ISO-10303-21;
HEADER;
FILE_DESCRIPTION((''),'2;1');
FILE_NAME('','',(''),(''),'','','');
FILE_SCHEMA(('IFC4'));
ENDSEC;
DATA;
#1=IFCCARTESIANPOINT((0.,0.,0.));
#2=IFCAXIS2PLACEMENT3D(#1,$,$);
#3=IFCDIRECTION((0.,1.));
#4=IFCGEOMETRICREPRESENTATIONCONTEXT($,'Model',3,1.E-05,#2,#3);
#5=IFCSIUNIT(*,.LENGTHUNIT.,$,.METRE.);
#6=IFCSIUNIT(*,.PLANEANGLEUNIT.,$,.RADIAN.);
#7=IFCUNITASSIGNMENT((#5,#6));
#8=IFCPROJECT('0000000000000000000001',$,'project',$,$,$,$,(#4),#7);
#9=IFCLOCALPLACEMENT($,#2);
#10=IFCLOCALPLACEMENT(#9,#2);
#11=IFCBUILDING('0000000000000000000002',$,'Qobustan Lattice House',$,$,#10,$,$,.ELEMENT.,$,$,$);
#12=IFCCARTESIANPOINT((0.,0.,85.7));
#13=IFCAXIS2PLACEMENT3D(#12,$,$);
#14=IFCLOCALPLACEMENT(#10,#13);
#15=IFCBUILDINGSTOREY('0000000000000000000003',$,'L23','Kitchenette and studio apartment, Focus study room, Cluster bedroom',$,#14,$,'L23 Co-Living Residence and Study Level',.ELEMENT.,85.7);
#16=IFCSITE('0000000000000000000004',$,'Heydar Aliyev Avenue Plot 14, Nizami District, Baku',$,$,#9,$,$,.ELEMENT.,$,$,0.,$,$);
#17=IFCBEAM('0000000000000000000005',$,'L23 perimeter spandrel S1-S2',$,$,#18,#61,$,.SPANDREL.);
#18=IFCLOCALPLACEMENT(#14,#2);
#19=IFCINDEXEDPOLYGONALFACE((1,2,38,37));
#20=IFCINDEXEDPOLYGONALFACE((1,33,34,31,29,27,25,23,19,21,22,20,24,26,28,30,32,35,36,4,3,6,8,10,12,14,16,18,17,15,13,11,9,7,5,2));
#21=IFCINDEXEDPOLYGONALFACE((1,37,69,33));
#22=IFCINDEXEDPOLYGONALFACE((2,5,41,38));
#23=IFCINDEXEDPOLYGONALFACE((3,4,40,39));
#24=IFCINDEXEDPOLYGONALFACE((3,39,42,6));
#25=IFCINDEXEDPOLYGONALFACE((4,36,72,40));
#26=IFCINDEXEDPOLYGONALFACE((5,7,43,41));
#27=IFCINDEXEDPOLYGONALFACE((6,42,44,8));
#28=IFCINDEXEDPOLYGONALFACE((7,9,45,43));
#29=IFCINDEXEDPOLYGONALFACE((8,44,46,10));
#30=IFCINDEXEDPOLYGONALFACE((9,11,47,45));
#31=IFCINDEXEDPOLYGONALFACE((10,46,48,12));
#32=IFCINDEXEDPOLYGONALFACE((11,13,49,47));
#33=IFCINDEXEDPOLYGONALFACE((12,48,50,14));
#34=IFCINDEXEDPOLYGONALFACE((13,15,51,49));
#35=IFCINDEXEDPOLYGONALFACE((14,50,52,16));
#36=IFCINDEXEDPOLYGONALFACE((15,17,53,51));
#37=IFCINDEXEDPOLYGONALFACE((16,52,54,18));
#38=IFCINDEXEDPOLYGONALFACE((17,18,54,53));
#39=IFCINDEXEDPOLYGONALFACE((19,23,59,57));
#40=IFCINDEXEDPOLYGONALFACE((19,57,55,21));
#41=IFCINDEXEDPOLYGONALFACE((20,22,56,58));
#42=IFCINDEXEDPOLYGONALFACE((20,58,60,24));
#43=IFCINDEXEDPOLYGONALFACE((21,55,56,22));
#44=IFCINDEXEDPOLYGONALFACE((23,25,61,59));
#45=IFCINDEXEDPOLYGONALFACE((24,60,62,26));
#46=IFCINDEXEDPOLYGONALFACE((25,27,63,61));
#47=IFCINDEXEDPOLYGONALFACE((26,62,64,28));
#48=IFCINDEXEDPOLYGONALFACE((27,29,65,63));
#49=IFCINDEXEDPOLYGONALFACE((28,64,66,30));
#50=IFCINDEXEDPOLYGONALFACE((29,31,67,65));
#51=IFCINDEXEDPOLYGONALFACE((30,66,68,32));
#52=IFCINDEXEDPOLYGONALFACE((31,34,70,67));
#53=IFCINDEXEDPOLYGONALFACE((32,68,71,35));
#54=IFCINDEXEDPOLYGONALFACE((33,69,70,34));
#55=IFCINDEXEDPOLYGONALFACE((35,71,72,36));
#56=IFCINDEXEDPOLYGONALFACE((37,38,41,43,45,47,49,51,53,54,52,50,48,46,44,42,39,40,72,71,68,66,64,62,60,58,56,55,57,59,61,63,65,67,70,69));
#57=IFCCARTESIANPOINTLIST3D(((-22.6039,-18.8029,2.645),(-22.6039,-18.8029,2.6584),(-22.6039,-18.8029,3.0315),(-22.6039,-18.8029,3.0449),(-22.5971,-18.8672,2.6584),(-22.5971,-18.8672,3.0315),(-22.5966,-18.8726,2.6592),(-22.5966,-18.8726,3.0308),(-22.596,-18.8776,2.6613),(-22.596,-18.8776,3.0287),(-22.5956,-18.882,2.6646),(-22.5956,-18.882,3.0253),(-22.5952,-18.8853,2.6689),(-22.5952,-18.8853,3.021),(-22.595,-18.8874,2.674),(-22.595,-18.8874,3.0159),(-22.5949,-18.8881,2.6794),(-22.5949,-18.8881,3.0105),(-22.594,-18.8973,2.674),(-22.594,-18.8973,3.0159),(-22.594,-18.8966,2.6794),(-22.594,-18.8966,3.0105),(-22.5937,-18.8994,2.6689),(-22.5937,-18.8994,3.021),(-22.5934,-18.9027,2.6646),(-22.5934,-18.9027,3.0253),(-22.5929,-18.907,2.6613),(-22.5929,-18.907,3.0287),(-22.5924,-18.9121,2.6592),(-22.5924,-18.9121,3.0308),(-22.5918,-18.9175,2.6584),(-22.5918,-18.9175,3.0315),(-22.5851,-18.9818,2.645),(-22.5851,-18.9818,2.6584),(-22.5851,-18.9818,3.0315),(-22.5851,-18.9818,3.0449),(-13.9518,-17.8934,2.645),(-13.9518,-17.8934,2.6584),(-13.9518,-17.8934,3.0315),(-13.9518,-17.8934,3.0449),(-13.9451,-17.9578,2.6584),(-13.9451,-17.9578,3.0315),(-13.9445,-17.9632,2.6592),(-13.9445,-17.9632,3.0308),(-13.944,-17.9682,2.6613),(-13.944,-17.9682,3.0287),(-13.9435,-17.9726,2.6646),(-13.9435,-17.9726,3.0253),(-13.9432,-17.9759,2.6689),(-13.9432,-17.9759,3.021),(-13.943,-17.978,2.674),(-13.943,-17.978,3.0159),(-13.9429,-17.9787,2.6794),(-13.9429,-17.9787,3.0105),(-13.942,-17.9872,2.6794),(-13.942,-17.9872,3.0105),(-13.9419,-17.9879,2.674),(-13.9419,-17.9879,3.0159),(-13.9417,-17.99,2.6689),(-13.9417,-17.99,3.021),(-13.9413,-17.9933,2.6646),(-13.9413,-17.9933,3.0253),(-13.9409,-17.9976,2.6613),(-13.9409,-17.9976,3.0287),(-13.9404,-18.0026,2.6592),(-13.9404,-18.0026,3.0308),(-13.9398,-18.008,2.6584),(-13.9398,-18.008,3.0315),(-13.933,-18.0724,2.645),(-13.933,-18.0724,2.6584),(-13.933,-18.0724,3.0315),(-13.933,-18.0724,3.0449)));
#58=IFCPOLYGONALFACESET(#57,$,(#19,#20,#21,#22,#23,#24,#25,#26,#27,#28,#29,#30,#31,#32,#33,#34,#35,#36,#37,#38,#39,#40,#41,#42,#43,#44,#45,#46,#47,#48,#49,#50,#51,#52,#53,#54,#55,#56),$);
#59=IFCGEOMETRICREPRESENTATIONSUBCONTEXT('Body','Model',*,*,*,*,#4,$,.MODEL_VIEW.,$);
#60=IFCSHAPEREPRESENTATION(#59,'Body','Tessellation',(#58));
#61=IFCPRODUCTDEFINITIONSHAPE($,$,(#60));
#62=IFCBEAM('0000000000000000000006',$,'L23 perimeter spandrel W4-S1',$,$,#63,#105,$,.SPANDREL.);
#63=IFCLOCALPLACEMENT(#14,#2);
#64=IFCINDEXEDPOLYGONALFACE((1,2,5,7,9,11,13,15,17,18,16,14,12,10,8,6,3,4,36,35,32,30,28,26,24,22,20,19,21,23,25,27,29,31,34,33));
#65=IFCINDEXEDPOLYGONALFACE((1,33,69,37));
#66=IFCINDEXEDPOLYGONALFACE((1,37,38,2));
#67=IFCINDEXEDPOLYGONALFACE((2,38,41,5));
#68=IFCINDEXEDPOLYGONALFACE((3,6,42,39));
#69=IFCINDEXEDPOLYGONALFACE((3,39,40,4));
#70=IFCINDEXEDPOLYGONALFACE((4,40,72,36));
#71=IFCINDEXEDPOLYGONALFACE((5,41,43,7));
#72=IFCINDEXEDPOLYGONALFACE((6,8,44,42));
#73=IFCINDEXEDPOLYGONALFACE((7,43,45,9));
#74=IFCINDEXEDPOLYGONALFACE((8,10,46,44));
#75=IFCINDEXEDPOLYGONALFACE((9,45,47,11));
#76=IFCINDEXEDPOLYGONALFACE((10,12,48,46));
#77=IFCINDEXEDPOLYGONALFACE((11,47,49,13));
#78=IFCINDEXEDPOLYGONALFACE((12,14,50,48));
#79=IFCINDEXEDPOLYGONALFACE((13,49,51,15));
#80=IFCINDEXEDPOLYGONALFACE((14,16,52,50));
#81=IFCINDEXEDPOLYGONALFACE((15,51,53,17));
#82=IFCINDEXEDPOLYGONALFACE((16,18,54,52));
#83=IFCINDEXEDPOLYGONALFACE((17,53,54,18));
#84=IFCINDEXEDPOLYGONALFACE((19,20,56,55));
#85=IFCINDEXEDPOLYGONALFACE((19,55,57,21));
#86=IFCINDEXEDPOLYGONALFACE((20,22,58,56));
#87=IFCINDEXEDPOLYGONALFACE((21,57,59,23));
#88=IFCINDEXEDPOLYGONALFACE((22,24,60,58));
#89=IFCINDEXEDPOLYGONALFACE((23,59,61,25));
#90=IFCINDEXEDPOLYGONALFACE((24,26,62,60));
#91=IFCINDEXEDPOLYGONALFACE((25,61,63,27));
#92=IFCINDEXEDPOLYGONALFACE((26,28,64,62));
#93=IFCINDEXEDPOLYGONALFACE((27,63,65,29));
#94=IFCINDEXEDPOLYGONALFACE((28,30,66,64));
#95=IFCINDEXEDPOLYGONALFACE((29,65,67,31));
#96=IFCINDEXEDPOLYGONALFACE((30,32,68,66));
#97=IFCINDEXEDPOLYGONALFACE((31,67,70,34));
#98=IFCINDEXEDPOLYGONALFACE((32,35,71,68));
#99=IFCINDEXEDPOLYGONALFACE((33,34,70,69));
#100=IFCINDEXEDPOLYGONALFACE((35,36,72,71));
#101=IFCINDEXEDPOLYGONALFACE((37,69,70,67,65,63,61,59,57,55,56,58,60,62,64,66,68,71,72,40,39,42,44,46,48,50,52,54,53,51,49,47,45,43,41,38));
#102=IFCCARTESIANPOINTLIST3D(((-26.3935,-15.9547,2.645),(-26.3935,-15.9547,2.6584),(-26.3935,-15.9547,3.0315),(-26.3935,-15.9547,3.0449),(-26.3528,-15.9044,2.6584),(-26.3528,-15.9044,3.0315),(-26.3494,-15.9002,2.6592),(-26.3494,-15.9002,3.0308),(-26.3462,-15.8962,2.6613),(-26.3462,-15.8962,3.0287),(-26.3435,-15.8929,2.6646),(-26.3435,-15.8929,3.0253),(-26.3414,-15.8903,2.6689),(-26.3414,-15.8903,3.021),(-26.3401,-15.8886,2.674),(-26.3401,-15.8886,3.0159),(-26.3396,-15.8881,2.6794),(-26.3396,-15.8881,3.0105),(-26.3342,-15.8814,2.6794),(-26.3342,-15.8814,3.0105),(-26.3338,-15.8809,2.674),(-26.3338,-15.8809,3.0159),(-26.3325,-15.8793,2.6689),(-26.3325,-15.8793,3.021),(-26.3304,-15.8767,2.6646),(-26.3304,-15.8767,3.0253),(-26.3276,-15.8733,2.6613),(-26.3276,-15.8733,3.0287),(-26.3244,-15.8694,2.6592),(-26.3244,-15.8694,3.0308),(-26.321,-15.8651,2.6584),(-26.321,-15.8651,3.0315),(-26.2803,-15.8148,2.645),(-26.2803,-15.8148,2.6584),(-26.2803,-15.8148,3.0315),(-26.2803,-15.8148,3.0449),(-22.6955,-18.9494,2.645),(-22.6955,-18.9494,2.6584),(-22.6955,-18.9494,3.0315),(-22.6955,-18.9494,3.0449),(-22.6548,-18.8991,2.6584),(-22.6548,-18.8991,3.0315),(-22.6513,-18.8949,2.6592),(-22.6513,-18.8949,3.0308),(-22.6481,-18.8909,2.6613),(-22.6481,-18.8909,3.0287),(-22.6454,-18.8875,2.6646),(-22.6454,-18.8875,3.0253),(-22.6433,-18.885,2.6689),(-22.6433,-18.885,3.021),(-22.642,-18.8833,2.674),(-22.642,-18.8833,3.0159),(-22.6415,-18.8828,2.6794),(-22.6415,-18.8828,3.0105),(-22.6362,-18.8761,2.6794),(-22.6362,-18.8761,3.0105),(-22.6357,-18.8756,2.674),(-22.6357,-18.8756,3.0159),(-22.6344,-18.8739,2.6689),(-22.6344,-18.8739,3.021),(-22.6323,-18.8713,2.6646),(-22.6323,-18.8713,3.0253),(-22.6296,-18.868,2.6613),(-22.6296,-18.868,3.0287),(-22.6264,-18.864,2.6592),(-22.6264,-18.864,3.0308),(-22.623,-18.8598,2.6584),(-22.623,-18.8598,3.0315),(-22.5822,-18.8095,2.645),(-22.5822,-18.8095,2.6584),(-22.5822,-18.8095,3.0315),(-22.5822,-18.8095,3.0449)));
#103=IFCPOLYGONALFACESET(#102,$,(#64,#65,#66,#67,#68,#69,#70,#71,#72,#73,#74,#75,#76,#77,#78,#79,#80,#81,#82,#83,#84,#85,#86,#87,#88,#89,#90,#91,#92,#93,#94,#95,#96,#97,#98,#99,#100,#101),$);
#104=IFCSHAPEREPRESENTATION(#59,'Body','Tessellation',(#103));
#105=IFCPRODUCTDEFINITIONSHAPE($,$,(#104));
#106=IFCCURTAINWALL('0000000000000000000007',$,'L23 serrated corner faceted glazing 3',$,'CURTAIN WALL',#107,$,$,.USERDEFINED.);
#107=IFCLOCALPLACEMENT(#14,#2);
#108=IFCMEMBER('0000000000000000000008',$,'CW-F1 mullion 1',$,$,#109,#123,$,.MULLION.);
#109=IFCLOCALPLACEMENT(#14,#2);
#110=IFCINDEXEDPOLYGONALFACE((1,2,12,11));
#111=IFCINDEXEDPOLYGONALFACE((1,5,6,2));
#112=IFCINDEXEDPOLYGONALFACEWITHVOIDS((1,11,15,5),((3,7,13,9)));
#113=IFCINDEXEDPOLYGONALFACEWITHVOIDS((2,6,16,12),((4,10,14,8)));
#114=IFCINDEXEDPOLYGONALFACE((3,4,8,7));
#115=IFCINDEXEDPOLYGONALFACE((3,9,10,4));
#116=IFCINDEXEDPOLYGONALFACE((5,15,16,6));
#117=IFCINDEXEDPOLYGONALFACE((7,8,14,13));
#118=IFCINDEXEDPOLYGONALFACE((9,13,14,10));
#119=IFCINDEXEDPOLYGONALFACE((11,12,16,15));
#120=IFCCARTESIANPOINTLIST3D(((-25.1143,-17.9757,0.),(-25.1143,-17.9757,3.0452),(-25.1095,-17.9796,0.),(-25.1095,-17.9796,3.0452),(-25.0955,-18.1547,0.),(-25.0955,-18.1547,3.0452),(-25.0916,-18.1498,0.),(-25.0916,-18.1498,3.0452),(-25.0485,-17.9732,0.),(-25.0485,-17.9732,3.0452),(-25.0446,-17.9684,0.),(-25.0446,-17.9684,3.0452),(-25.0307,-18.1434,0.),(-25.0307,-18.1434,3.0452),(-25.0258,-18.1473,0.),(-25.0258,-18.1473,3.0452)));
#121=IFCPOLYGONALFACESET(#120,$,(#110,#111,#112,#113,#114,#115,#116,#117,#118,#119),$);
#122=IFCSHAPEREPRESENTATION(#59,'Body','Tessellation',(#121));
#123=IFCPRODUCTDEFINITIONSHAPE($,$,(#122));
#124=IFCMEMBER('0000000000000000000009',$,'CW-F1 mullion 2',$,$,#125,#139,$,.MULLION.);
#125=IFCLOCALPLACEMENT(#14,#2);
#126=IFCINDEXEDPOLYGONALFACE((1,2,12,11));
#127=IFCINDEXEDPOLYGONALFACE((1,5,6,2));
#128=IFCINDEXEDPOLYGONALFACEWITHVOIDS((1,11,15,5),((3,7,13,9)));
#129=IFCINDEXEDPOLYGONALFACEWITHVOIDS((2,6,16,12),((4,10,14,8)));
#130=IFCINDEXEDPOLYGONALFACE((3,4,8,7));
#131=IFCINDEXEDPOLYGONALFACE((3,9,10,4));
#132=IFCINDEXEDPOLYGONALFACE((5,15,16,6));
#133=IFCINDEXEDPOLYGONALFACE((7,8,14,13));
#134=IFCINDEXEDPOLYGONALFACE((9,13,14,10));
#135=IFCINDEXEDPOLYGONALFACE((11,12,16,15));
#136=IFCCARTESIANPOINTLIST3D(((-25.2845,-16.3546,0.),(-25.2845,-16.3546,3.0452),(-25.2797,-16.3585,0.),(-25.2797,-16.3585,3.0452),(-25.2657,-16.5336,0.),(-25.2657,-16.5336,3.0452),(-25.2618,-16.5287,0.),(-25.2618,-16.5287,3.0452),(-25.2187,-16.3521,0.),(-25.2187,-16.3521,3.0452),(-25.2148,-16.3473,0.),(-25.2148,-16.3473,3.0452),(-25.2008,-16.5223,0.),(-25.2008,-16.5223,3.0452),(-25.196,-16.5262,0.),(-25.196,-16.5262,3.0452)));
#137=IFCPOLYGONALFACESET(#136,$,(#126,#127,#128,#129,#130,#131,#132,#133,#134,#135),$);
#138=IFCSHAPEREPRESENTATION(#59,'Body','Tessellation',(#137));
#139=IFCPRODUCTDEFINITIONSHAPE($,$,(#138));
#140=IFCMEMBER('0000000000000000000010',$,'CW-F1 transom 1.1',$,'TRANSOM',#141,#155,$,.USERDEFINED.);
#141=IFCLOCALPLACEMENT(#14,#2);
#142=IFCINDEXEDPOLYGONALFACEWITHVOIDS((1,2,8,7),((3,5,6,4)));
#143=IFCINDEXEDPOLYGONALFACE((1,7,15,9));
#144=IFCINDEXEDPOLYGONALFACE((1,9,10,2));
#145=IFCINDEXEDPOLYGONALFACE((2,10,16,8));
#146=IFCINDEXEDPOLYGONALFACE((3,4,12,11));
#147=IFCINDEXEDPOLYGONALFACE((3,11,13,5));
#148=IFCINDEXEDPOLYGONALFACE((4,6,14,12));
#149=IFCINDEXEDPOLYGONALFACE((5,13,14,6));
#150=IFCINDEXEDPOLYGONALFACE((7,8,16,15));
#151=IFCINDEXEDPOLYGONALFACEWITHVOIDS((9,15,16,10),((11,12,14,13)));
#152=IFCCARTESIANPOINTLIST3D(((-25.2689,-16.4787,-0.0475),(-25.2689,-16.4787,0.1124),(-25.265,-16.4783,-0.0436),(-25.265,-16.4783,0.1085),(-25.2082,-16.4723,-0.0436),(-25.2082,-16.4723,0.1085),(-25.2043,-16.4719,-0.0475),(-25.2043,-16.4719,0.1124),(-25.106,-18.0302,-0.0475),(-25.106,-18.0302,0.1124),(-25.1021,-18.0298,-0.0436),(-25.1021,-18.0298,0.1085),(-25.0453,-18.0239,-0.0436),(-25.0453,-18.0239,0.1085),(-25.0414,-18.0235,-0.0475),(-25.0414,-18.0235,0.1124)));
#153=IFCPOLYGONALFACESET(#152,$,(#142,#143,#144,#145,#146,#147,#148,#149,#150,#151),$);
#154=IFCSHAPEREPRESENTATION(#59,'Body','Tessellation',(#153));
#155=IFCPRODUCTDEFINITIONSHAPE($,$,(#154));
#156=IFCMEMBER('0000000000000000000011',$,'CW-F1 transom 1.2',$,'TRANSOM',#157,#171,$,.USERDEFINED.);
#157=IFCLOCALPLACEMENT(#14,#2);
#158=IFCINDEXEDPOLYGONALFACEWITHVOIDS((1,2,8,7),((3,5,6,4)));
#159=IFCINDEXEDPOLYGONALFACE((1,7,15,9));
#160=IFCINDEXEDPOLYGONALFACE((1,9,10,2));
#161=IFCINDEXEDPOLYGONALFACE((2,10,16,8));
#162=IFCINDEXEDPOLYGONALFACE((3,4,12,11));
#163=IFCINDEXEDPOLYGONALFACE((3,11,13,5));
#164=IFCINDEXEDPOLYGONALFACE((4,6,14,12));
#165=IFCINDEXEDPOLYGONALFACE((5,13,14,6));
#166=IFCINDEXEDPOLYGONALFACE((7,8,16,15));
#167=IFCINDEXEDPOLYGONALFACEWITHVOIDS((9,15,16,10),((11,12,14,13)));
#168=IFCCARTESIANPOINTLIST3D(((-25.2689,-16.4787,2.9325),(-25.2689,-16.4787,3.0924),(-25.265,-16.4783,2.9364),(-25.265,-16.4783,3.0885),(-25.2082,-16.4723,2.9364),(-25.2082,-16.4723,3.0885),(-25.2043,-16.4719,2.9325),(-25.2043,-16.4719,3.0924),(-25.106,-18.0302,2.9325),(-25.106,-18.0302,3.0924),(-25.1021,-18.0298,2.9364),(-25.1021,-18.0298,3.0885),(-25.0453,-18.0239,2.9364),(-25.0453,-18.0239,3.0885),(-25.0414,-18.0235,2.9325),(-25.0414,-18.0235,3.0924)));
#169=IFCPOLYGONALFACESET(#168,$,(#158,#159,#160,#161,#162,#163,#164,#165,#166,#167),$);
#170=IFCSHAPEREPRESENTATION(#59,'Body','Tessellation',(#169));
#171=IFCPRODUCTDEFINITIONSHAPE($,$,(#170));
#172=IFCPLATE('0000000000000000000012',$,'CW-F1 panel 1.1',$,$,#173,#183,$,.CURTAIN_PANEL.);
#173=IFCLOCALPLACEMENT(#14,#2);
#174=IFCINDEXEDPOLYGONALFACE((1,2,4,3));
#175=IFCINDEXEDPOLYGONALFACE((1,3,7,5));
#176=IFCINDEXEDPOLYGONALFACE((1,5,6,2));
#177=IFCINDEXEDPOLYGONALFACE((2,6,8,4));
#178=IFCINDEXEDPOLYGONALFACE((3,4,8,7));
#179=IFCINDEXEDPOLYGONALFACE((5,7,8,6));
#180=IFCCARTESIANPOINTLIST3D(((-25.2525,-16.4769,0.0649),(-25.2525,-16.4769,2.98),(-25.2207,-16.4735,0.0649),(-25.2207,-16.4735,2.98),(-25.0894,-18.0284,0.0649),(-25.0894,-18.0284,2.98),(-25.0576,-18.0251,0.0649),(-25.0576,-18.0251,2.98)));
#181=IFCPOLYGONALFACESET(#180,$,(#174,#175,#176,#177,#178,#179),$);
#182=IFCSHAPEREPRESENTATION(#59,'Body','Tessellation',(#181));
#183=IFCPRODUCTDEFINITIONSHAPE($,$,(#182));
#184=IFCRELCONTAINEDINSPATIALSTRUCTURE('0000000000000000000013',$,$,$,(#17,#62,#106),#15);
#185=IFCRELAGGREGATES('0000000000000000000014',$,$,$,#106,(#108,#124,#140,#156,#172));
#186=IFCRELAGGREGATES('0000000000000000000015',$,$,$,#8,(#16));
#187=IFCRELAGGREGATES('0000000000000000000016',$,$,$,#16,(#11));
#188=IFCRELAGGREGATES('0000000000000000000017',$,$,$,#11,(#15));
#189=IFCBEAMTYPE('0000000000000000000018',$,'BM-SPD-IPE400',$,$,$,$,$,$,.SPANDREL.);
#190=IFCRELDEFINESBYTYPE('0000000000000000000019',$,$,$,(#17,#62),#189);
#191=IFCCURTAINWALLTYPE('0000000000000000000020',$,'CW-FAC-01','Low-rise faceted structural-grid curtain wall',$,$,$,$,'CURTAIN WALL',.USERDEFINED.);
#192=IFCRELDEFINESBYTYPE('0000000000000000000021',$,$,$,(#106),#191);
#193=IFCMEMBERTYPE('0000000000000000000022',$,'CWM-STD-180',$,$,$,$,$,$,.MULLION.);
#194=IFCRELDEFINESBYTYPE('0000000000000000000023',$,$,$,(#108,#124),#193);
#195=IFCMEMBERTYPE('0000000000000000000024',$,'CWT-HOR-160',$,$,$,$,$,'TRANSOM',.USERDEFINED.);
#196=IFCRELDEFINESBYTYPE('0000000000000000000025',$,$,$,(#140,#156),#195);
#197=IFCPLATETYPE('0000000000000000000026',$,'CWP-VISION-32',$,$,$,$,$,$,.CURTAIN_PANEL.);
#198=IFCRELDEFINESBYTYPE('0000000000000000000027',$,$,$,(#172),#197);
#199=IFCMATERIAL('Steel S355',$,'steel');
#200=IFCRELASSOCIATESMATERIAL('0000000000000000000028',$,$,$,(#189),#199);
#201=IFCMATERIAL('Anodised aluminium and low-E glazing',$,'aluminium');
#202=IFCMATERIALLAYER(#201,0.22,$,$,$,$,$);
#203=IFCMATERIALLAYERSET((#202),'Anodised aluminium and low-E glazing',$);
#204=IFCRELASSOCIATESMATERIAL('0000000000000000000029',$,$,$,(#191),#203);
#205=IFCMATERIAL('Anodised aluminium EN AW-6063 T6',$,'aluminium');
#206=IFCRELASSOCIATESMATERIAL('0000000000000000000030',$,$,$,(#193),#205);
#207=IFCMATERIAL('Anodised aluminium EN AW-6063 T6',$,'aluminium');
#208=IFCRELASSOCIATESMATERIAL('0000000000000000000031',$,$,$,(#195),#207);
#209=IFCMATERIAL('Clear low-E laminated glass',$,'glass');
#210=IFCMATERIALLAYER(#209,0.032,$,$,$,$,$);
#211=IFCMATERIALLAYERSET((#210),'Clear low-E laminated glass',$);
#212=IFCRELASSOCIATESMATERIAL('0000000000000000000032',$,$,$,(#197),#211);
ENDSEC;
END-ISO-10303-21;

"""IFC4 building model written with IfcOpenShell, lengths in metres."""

from ifc_helpers import new_model, si_unit, direction, frame, origin, origin_2d, place, context, subcontext, project, spatial, rectangle, hollow_rectangle, i_section, extrude, material, layer, layer_set, material_profile, profile_set, type_object, element, aggregate, save


model = new_model("IFC4")

# Units and contexts
model_context = context("Model", 3, precision=1e-05, world=origin(), true_north=direction((0.0, 1.0)))
body_context = subcontext(model_context, "Body", "Model", "MODEL_VIEW")
ifc_project = project(units=[si_unit("LENGTHUNIT", "METRE"), si_unit("PLANEANGLEUNIT", "RADIAN")], contexts=[model_context])

# Site, building, storey
site_placement = place(None, origin())
site = spatial("IfcSite", under=ifc_project, at=site_placement, Name="Heydar Aliyev Avenue Plot 14, Nizami District, Baku", CompositionType="ELEMENT", RefElevation=0.0)
building_placement = place(site_placement, origin())
building = spatial("IfcBuilding", under=site, at=building_placement, Name="Qobustan Lattice House", CompositionType="ELEMENT")
storey_placement = place(building_placement, frame((0.0, 0.0, 85.7)))
storey = spatial("IfcBuildingStorey", under=building, at=storey_placement, Name="L23", Description="Kitchenette and studio apartment, Focus study room, Cluster bedroom", LongName="L23 Co-Living Residence and Study Level", CompositionType="ELEMENT", Elevation=85.7)

# Beams
ifc_material_1 = material(Name="Steel S355", Category="steel")
ifc_material_profile_1 = material_profile(ifc_material_1, i_section(OverallWidth=0.1799, OverallDepth=0.3999, WebThickness=0.0085, FlangeThickness=0.0134, FilletRadius=0.021, at=origin_2d()), Name="IPE400")
ifc_profile_set_1 = profile_set([ifc_material_profile_1], Name="Steel S355")
beam_type_1 = type_object("IfcBeamType", Name="BM-SPD-IPE400", PredefinedType="SPANDREL", material=ifc_profile_set_1)
beam_1_placement = place(storey_placement, frame((-22.5945, -18.8923, 2.845), z_axis=(0.994521, 0.104534, 0.0), x_axis=(-0.104534, 0.994521, 0.0)))
element("IfcBeam", 1, at=beam_1_placement, inside=storey, type_object=beam_type_1, Name="L23 perimeter spandrel S1-S2", PredefinedType="SPANDREL", context=body_context, shape_type="SweptSolid", body=[
    extrude(i_section(OverallWidth=0.1799, OverallDepth=0.3999, WebThickness=0.0085, FlangeThickness=0.0134, FilletRadius=0.021, at=origin_2d()), origin(), (0.0, 0.0, 1.0), 8.6997),
])
beam_2_placement = place(storey_placement, frame((-26.3369, -15.8848, 2.845), z_axis=(0.777141, -0.629327, 0.0), x_axis=(0.629327, 0.777141, 0.0)))
element("IfcBeam", 2, at=beam_2_placement, inside=storey, type_object=beam_type_1, Name="L23 perimeter spandrel W4-S1", PredefinedType="SPANDREL", context=body_context, shape_type="SweptSolid", body=[
    extrude(i_section(OverallWidth=0.1799, OverallDepth=0.3999, WebThickness=0.0085, FlangeThickness=0.0134, FilletRadius=0.021, at=origin_2d()), origin(), (0.0, 0.0, 1.0), 4.7585),
])

# Curtain wall, members, plate
ifc_material_2 = material(Name="Anodised aluminium and low-E glazing", Category="aluminium")
ifc_layer_1 = layer(ifc_material_2, 0.22)
ifc_layer_set_1 = layer_set([ifc_layer_1], Name="Anodised aluminium and low-E glazing")
curtain_wall_type = type_object("IfcCurtainWallType", Name="CW-FAC-01", Description="Low-rise faceted structural-grid curtain wall", ElementType="CURTAIN WALL", PredefinedType="USERDEFINED", material=ifc_layer_set_1)
curtain_wall_placement = place(storey_placement, origin())
curtain_wall = element("IfcCurtainWall", 3, at=curtain_wall_placement, inside=storey, type_object=curtain_wall_type, Name="L23 serrated corner faceted glazing 3", ObjectType="CURTAIN WALL", PredefinedType="USERDEFINED")
ifc_material_3 = material(Name="Anodised aluminium EN AW-6063 T6", Category="aluminium")
ifc_material_profile_2 = material_profile(ifc_material_3, hollow_rectangle(XDim=0.0701, YDim=0.1799, WallThickness=0.0044, at=origin_2d()), Name="CWM-180x70")
ifc_profile_set_2 = profile_set([ifc_material_profile_2], Name="Anodised aluminium EN AW-6063 T6")
member_type_1 = type_object("IfcMemberType", Name="CWM-STD-180", PredefinedType="MULLION", material=ifc_profile_set_2)
member_1_placement = place(storey_placement, frame((-25.0701, -18.0615, 0.0), z_axis=(0.0, 0.0, 1.0), x_axis=(-0.994522, -0.104529, 0.0)))
member_1 = element("IfcMember", 4, at=member_1_placement, type_object=member_type_1, Name="CW-F1 mullion 1", PredefinedType="MULLION", context=body_context, shape_type="SweptSolid", body=[
    extrude(hollow_rectangle(XDim=0.0701, YDim=0.1799, WallThickness=0.0044, at=origin_2d()), origin(), (0.0, 0.0, 1.0), 3.0452),
])
member_2_placement = place(storey_placement, frame((-25.2402, -16.4404, 0.0), z_axis=(0.0, 0.0, 1.0), x_axis=(-0.994522, -0.104529, 0.0)))
member_2 = element("IfcMember", 5, at=member_2_placement, type_object=member_type_1, Name="CW-F1 mullion 2", PredefinedType="MULLION", context=body_context, shape_type="SweptSolid", body=[
    extrude(hollow_rectangle(XDim=0.0701, YDim=0.1799, WallThickness=0.0044, at=origin_2d()), origin(), (0.0, 0.0, 1.0), 3.0452),
])
ifc_material_4 = material(Name="Anodised aluminium EN AW-6063 T6", Category="aluminium")
ifc_material_profile_3 = material_profile(ifc_material_4, hollow_rectangle(XDim=0.0649, YDim=0.1599, WallThickness=0.0039, at=origin_2d()), Name="CWT-160x65")
ifc_profile_set_3 = profile_set([ifc_material_profile_3], Name="Anodised aluminium EN AW-6063 T6")
member_type_2 = type_object("IfcMemberType", Name="CWT-HOR-160", ElementType="TRANSOM", PredefinedType="USERDEFINED", material=ifc_profile_set_3)
member_3_placement = place(storey_placement, frame((-25.0737, -18.0269, 0.0325), z_axis=(-0.104383, 0.994537, 0.0), x_axis=(-0.994537, -0.104383, 0.0)))
member_3 = element("IfcMember", 6, at=member_3_placement, type_object=member_type_2, Name="CW-F1 transom 1.1", ObjectType="TRANSOM", PredefinedType="USERDEFINED", context=body_context, shape_type="SweptSolid", body=[
    extrude(hollow_rectangle(XDim=0.0649, YDim=0.1599, WallThickness=0.0039, at=origin_2d()), origin(), (0.0, 0.0, 1.0), 1.5601),
])
member_4_placement = place(storey_placement, frame((-25.0737, -18.0269, 3.0125), z_axis=(-0.104383, 0.994537, 0.0), x_axis=(-0.994537, -0.104383, 0.0)))
member_4 = element("IfcMember", 7, at=member_4_placement, type_object=member_type_2, Name="CW-F1 transom 1.2", ObjectType="TRANSOM", PredefinedType="USERDEFINED", context=body_context, shape_type="SweptSolid", body=[
    extrude(hollow_rectangle(XDim=0.0649, YDim=0.1599, WallThickness=0.0039, at=origin_2d()), origin(), (0.0, 0.0, 1.0), 1.5601),
])
ifc_material_5 = material(Name="Clear low-E laminated glass", Category="glass")
ifc_layer_2 = layer(ifc_material_5, 0.032)
ifc_layer_set_2 = layer_set([ifc_layer_2], Name="Clear low-E laminated glass")
plate_type = type_object("IfcPlateType", Name="CWP-VISION-32", PredefinedType="CURTAIN_PANEL", material=ifc_layer_set_2)
plate_placement = place(storey_placement, frame((-25.155, -17.251, 0.0649), z_axis=(0.0, 0.0, 1.0), x_axis=(-0.104529, 0.994522, 0.0)))
plate = element("IfcPlate", 8, at=plate_placement, type_object=plate_type, Name="CW-F1 panel 1.1", PredefinedType="CURTAIN_PANEL", context=body_context, shape_type="SweptSolid", body=[
    extrude(rectangle(XDim=1.5601, YDim=0.032, at=origin_2d()), origin(), (0.0, 0.0, 1.0), 2.915),
])
aggregate(curtain_wall, [member_1, member_2, member_3, member_4, plate])

save(model, "model.ifc")
